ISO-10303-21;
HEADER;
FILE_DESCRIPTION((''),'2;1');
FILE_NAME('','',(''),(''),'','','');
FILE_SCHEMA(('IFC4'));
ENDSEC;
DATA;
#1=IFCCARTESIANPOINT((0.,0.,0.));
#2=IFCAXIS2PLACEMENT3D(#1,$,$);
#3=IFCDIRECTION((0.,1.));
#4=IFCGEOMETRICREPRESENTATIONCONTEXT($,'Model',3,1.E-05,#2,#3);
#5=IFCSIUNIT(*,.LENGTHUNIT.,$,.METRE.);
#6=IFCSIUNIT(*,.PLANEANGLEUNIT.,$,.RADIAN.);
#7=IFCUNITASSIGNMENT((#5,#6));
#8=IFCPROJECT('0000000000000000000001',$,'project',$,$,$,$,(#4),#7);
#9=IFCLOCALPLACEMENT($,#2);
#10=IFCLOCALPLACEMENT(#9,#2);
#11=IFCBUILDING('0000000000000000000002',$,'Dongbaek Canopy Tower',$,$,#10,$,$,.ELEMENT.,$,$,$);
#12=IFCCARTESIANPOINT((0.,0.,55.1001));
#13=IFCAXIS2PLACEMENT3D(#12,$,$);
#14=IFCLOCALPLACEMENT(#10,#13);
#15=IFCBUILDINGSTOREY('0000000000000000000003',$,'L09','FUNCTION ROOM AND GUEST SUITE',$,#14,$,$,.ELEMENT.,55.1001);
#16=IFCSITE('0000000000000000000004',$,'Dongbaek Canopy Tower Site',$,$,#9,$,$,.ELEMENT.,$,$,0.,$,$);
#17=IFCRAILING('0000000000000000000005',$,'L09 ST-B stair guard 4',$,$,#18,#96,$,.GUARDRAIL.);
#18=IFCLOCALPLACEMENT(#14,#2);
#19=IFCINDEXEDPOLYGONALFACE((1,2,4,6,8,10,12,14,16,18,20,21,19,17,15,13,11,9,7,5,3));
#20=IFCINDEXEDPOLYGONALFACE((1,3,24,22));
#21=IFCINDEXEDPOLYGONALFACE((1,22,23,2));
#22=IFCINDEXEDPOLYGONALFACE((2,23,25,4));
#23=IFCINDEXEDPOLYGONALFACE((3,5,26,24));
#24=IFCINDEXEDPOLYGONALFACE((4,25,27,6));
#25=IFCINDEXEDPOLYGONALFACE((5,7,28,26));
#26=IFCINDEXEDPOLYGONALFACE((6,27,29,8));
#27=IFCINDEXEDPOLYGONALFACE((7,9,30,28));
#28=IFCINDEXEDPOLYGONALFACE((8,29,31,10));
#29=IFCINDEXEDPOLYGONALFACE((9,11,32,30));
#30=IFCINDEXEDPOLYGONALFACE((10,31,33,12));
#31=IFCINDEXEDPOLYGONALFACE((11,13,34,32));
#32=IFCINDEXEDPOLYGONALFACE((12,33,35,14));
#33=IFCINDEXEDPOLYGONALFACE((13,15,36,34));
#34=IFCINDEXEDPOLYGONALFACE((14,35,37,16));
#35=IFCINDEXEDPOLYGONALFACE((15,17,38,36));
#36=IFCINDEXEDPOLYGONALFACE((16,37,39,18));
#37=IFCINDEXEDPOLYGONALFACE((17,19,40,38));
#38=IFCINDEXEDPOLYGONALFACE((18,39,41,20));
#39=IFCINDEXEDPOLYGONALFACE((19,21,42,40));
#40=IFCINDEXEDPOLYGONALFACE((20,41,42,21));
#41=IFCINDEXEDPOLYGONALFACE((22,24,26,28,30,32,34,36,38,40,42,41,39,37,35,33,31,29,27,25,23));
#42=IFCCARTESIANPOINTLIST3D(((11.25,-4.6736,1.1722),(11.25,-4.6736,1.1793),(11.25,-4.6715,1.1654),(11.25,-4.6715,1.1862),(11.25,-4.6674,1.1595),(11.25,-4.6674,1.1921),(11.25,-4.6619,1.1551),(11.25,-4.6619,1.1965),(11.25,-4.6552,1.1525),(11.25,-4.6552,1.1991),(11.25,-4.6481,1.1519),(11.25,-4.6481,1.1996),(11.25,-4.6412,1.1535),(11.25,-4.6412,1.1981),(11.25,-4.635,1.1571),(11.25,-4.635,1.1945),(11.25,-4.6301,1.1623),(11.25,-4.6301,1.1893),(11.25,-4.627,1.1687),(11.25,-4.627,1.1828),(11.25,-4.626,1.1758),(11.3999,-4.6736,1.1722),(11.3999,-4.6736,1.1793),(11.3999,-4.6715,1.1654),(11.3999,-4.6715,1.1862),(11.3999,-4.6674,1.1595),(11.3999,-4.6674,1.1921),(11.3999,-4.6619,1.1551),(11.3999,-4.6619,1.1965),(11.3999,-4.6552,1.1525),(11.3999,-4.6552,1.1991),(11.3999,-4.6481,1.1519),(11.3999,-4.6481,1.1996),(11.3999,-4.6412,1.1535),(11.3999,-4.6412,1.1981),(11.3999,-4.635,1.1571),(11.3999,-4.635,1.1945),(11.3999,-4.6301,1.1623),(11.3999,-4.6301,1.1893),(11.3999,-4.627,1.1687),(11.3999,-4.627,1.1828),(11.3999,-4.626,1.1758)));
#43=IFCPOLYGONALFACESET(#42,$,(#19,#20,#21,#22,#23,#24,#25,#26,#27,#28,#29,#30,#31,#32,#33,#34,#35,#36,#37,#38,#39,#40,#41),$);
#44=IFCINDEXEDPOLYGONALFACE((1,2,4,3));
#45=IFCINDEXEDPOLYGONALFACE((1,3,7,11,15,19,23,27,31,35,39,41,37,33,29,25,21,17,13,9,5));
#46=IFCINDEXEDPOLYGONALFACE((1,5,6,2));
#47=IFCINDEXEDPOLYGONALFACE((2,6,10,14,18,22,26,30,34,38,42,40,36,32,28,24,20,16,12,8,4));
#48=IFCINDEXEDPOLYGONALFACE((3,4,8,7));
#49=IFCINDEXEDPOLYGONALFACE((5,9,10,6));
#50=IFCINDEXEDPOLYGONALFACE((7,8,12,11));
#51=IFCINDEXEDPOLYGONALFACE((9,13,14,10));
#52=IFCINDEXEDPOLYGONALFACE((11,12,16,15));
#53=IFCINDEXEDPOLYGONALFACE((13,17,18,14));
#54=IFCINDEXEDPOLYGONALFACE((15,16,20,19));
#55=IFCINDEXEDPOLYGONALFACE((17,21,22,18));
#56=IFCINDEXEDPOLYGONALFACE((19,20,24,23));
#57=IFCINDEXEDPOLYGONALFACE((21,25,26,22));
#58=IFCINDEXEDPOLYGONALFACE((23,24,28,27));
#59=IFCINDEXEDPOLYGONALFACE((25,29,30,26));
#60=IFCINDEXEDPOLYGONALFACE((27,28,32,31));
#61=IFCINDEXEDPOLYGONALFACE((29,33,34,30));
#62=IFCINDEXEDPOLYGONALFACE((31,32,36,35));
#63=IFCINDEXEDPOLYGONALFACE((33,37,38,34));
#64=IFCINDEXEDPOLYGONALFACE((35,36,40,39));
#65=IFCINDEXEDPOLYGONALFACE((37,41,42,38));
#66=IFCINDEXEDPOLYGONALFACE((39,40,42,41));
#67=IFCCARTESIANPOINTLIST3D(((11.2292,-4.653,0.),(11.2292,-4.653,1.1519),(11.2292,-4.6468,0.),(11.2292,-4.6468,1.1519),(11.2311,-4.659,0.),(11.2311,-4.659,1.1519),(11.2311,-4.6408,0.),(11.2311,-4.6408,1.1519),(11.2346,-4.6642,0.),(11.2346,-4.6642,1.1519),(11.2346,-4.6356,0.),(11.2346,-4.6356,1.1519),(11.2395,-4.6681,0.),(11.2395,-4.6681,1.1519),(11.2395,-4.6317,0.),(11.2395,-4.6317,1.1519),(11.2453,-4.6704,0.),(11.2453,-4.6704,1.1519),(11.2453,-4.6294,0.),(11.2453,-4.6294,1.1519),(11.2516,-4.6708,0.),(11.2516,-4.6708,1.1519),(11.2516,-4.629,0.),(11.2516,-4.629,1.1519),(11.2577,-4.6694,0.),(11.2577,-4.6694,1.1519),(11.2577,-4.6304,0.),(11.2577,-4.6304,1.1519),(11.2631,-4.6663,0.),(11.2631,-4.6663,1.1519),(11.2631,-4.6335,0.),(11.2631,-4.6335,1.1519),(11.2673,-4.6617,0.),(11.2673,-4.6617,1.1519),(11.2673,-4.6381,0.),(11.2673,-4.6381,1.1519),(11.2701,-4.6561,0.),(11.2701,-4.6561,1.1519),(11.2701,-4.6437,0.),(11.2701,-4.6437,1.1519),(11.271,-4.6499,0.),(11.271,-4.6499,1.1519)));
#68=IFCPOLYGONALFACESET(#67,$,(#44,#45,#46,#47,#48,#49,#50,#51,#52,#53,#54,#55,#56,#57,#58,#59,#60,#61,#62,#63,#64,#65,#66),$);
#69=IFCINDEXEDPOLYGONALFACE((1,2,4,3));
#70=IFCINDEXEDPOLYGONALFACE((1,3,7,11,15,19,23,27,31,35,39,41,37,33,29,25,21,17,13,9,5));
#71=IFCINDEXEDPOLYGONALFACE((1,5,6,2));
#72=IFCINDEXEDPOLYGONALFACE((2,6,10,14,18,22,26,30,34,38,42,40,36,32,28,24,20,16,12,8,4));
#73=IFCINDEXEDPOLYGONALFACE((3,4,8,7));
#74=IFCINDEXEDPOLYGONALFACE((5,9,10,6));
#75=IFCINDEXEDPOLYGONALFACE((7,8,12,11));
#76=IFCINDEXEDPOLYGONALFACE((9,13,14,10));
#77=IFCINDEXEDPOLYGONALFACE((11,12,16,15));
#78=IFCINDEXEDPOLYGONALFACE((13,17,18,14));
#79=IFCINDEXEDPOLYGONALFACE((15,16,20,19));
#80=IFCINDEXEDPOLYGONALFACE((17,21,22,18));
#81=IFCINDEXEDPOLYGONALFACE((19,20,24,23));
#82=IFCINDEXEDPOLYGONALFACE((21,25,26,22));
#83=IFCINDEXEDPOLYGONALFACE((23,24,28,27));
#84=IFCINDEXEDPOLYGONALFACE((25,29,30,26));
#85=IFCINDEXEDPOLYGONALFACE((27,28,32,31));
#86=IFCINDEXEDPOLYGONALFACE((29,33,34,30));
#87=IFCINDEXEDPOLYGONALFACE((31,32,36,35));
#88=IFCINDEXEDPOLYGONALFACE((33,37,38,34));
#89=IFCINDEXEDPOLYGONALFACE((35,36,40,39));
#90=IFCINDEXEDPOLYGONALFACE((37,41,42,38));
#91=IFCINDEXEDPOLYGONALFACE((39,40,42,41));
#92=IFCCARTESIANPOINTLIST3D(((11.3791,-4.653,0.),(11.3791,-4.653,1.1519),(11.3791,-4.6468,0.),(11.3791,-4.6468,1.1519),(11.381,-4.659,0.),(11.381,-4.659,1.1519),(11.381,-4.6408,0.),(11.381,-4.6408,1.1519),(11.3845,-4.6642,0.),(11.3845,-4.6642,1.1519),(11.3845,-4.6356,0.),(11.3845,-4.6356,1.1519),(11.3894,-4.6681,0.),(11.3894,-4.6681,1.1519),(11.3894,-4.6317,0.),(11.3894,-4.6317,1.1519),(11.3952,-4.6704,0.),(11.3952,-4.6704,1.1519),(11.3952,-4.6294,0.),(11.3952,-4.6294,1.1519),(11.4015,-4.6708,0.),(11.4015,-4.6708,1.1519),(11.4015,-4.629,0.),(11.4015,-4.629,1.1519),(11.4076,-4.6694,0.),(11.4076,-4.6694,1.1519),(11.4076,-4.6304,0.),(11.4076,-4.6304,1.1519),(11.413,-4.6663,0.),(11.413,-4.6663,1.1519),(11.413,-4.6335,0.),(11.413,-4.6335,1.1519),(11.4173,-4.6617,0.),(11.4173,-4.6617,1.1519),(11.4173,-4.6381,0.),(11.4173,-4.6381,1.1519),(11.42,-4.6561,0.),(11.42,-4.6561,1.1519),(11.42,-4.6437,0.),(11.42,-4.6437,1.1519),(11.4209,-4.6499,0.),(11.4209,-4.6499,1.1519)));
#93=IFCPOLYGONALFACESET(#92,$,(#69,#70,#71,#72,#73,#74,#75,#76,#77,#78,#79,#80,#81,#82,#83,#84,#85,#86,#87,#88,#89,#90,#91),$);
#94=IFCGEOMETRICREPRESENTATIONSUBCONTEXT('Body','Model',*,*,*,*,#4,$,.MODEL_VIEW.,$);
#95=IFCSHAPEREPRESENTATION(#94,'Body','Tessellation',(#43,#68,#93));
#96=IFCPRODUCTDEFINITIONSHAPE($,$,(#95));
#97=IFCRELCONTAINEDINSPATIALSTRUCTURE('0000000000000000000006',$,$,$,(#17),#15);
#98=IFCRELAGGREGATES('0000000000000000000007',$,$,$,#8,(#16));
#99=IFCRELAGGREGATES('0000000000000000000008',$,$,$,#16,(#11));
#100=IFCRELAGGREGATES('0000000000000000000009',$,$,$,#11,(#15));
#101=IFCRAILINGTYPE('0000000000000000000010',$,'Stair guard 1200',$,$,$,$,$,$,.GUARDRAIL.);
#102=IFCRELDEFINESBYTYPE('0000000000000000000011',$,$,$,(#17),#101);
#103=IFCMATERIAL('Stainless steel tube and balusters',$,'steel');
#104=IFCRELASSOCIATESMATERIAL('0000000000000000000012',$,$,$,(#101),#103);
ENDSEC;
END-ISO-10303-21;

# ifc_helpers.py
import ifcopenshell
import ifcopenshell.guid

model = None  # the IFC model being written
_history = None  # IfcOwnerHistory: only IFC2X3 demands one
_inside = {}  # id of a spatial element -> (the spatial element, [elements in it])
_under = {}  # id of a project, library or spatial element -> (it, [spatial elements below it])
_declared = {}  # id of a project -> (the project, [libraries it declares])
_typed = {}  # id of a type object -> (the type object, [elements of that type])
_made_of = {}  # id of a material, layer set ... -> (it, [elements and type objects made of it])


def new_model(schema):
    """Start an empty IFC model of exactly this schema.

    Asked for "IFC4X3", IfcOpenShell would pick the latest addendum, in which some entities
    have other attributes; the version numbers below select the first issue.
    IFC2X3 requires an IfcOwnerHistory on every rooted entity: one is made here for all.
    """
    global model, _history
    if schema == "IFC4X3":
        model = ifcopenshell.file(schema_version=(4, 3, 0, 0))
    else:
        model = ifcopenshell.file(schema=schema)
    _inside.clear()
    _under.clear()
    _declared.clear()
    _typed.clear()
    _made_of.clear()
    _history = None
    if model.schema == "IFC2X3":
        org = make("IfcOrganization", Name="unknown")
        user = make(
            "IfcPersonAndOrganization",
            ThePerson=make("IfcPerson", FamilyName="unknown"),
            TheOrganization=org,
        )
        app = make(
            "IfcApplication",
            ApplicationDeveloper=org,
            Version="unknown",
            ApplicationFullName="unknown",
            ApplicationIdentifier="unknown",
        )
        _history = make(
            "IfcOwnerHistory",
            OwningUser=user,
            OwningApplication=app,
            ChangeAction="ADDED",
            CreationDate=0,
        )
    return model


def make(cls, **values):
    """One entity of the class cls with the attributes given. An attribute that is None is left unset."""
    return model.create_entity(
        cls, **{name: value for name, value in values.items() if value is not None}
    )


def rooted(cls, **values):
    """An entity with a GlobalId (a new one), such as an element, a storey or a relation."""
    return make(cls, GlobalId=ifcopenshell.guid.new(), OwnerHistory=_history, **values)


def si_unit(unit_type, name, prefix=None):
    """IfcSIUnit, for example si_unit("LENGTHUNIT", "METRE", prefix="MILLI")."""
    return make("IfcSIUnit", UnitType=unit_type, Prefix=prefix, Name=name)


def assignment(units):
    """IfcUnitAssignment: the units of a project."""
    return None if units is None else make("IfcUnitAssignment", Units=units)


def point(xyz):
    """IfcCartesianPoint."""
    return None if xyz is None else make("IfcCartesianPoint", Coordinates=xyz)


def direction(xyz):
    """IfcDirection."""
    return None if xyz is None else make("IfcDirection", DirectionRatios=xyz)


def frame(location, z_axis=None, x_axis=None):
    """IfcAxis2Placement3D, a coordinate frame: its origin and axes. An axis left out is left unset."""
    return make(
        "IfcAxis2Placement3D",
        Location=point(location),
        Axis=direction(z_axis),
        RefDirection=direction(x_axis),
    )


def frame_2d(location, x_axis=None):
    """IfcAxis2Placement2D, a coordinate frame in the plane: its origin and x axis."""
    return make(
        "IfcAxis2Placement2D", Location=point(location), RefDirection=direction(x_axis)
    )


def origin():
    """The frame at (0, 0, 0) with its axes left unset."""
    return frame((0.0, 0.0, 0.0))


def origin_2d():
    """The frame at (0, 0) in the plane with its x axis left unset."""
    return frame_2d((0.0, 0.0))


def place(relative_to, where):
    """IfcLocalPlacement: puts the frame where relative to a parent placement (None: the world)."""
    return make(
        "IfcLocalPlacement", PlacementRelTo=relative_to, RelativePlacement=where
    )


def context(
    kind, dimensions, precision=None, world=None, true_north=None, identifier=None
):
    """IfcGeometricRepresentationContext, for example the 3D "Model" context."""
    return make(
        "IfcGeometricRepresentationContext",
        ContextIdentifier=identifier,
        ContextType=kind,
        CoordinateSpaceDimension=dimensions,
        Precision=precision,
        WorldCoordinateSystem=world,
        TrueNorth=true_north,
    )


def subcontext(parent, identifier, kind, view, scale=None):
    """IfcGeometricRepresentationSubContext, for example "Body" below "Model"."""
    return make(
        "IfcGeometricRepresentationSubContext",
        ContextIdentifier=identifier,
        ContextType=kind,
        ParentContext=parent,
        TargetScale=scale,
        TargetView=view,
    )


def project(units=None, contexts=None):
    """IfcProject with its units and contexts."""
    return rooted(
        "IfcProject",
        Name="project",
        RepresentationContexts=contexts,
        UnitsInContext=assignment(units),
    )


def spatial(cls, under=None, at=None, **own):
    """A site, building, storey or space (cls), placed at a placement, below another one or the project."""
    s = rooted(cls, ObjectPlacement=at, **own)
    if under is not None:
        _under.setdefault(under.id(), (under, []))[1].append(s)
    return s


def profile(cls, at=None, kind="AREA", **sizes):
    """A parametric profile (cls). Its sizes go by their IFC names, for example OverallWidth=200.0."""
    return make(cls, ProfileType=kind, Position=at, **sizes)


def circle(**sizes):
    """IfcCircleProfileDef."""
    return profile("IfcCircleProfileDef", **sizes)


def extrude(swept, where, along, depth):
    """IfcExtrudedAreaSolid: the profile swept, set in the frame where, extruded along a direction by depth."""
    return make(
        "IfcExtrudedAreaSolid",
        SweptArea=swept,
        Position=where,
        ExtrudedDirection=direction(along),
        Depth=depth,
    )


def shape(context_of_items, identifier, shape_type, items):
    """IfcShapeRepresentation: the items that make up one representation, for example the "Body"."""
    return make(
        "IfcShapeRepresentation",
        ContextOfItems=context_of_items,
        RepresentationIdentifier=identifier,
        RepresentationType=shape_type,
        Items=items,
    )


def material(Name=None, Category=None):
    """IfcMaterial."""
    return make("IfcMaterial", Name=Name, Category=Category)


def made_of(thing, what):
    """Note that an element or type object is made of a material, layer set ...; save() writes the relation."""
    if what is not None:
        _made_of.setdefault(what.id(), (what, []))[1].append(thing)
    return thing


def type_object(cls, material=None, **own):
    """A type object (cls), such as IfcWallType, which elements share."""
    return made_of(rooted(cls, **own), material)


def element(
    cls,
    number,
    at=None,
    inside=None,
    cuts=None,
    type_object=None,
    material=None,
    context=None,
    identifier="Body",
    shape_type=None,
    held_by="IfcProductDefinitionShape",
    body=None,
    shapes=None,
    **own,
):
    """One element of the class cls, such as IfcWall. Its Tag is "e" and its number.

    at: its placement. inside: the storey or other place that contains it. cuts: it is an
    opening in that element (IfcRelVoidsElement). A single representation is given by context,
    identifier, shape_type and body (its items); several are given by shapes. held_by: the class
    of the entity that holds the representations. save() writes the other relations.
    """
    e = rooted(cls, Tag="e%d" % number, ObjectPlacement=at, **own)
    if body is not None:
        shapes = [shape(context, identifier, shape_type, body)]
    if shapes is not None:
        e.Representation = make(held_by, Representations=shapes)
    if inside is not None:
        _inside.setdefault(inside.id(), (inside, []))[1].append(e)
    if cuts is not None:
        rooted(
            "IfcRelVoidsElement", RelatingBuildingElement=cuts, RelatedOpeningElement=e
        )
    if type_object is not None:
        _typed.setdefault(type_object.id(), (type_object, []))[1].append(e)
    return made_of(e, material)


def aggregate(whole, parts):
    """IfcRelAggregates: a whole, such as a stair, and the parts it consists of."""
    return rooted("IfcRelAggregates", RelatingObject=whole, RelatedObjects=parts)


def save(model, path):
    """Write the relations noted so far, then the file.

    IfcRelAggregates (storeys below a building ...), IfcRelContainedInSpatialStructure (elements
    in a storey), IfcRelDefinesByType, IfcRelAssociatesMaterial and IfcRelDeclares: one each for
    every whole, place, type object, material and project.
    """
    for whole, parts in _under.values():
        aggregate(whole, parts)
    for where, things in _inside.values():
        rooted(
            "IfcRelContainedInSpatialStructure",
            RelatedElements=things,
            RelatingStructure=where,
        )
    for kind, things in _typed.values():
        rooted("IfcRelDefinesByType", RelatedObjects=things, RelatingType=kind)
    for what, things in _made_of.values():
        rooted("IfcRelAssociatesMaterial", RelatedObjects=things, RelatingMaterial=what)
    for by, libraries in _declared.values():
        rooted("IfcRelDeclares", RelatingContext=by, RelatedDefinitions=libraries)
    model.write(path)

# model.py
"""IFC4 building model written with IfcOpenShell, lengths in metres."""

from ifc_helpers import new_model, si_unit, direction, frame, origin, origin_2d, place, context, subcontext, project, spatial, circle, extrude, material, type_object, element, save


model = new_model("IFC4")

# Units and contexts
model_context = context("Model", 3, precision=1e-05, world=origin(), true_north=direction((0.0, 1.0)))
body_context = subcontext(model_context, "Body", "Model", "MODEL_VIEW")
ifc_project = project(units=[si_unit("LENGTHUNIT", "METRE"), si_unit("PLANEANGLEUNIT", "RADIAN")], contexts=[model_context])

# Site, building, storey
site_placement = place(None, origin())
site = spatial("IfcSite", under=ifc_project, at=site_placement, Name="Dongbaek Canopy Tower Site", CompositionType="ELEMENT", RefElevation=0.0)
building_placement = place(site_placement, origin())
building = spatial("IfcBuilding", under=site, at=building_placement, Name="Dongbaek Canopy Tower", CompositionType="ELEMENT")
storey_placement = place(building_placement, frame((0.0, 0.0, 55.1001)))
storey = spatial("IfcBuildingStorey", under=building, at=storey_placement, Name="L09", Description="FUNCTION ROOM AND GUEST SUITE", CompositionType="ELEMENT", Elevation=55.1001)

# Railing
ifc_material_1 = material(Name="Stainless steel tube and balusters", Category="steel")
railing_type_1 = type_object("IfcRailingType", Name="Stair guard 1200", PredefinedType="GUARDRAIL", material=ifc_material_1)
railing_1_placement = place(storey_placement, frame((11.25, -4.6499, 0.0)))
element("IfcRailing", 1, at=railing_1_placement, inside=storey, type_object=railing_type_1, Name="L09 ST-B stair guard 4", PredefinedType="GUARDRAIL", context=body_context, shape_type="SweptSolid", body=[
    extrude(circle(Radius=0.0239, at=origin_2d()), frame((0.0, 0.0, 1.1758), z_axis=(1.0, 0.0, 0.0), x_axis=(0.0, 1.0, 0.0)), (0.0, 0.0, 1.0), 0.1499),
    extrude(circle(Radius=0.021, at=origin_2d()), origin(), (0.0, 0.0, 1.0), 1.1519),
    extrude(circle(Radius=0.021, at=origin_2d()), frame((0.1499, 0.0, 0.0)), (0.0, 0.0, 1.0), 1.1519),
])

save(model, "model.ifc")
